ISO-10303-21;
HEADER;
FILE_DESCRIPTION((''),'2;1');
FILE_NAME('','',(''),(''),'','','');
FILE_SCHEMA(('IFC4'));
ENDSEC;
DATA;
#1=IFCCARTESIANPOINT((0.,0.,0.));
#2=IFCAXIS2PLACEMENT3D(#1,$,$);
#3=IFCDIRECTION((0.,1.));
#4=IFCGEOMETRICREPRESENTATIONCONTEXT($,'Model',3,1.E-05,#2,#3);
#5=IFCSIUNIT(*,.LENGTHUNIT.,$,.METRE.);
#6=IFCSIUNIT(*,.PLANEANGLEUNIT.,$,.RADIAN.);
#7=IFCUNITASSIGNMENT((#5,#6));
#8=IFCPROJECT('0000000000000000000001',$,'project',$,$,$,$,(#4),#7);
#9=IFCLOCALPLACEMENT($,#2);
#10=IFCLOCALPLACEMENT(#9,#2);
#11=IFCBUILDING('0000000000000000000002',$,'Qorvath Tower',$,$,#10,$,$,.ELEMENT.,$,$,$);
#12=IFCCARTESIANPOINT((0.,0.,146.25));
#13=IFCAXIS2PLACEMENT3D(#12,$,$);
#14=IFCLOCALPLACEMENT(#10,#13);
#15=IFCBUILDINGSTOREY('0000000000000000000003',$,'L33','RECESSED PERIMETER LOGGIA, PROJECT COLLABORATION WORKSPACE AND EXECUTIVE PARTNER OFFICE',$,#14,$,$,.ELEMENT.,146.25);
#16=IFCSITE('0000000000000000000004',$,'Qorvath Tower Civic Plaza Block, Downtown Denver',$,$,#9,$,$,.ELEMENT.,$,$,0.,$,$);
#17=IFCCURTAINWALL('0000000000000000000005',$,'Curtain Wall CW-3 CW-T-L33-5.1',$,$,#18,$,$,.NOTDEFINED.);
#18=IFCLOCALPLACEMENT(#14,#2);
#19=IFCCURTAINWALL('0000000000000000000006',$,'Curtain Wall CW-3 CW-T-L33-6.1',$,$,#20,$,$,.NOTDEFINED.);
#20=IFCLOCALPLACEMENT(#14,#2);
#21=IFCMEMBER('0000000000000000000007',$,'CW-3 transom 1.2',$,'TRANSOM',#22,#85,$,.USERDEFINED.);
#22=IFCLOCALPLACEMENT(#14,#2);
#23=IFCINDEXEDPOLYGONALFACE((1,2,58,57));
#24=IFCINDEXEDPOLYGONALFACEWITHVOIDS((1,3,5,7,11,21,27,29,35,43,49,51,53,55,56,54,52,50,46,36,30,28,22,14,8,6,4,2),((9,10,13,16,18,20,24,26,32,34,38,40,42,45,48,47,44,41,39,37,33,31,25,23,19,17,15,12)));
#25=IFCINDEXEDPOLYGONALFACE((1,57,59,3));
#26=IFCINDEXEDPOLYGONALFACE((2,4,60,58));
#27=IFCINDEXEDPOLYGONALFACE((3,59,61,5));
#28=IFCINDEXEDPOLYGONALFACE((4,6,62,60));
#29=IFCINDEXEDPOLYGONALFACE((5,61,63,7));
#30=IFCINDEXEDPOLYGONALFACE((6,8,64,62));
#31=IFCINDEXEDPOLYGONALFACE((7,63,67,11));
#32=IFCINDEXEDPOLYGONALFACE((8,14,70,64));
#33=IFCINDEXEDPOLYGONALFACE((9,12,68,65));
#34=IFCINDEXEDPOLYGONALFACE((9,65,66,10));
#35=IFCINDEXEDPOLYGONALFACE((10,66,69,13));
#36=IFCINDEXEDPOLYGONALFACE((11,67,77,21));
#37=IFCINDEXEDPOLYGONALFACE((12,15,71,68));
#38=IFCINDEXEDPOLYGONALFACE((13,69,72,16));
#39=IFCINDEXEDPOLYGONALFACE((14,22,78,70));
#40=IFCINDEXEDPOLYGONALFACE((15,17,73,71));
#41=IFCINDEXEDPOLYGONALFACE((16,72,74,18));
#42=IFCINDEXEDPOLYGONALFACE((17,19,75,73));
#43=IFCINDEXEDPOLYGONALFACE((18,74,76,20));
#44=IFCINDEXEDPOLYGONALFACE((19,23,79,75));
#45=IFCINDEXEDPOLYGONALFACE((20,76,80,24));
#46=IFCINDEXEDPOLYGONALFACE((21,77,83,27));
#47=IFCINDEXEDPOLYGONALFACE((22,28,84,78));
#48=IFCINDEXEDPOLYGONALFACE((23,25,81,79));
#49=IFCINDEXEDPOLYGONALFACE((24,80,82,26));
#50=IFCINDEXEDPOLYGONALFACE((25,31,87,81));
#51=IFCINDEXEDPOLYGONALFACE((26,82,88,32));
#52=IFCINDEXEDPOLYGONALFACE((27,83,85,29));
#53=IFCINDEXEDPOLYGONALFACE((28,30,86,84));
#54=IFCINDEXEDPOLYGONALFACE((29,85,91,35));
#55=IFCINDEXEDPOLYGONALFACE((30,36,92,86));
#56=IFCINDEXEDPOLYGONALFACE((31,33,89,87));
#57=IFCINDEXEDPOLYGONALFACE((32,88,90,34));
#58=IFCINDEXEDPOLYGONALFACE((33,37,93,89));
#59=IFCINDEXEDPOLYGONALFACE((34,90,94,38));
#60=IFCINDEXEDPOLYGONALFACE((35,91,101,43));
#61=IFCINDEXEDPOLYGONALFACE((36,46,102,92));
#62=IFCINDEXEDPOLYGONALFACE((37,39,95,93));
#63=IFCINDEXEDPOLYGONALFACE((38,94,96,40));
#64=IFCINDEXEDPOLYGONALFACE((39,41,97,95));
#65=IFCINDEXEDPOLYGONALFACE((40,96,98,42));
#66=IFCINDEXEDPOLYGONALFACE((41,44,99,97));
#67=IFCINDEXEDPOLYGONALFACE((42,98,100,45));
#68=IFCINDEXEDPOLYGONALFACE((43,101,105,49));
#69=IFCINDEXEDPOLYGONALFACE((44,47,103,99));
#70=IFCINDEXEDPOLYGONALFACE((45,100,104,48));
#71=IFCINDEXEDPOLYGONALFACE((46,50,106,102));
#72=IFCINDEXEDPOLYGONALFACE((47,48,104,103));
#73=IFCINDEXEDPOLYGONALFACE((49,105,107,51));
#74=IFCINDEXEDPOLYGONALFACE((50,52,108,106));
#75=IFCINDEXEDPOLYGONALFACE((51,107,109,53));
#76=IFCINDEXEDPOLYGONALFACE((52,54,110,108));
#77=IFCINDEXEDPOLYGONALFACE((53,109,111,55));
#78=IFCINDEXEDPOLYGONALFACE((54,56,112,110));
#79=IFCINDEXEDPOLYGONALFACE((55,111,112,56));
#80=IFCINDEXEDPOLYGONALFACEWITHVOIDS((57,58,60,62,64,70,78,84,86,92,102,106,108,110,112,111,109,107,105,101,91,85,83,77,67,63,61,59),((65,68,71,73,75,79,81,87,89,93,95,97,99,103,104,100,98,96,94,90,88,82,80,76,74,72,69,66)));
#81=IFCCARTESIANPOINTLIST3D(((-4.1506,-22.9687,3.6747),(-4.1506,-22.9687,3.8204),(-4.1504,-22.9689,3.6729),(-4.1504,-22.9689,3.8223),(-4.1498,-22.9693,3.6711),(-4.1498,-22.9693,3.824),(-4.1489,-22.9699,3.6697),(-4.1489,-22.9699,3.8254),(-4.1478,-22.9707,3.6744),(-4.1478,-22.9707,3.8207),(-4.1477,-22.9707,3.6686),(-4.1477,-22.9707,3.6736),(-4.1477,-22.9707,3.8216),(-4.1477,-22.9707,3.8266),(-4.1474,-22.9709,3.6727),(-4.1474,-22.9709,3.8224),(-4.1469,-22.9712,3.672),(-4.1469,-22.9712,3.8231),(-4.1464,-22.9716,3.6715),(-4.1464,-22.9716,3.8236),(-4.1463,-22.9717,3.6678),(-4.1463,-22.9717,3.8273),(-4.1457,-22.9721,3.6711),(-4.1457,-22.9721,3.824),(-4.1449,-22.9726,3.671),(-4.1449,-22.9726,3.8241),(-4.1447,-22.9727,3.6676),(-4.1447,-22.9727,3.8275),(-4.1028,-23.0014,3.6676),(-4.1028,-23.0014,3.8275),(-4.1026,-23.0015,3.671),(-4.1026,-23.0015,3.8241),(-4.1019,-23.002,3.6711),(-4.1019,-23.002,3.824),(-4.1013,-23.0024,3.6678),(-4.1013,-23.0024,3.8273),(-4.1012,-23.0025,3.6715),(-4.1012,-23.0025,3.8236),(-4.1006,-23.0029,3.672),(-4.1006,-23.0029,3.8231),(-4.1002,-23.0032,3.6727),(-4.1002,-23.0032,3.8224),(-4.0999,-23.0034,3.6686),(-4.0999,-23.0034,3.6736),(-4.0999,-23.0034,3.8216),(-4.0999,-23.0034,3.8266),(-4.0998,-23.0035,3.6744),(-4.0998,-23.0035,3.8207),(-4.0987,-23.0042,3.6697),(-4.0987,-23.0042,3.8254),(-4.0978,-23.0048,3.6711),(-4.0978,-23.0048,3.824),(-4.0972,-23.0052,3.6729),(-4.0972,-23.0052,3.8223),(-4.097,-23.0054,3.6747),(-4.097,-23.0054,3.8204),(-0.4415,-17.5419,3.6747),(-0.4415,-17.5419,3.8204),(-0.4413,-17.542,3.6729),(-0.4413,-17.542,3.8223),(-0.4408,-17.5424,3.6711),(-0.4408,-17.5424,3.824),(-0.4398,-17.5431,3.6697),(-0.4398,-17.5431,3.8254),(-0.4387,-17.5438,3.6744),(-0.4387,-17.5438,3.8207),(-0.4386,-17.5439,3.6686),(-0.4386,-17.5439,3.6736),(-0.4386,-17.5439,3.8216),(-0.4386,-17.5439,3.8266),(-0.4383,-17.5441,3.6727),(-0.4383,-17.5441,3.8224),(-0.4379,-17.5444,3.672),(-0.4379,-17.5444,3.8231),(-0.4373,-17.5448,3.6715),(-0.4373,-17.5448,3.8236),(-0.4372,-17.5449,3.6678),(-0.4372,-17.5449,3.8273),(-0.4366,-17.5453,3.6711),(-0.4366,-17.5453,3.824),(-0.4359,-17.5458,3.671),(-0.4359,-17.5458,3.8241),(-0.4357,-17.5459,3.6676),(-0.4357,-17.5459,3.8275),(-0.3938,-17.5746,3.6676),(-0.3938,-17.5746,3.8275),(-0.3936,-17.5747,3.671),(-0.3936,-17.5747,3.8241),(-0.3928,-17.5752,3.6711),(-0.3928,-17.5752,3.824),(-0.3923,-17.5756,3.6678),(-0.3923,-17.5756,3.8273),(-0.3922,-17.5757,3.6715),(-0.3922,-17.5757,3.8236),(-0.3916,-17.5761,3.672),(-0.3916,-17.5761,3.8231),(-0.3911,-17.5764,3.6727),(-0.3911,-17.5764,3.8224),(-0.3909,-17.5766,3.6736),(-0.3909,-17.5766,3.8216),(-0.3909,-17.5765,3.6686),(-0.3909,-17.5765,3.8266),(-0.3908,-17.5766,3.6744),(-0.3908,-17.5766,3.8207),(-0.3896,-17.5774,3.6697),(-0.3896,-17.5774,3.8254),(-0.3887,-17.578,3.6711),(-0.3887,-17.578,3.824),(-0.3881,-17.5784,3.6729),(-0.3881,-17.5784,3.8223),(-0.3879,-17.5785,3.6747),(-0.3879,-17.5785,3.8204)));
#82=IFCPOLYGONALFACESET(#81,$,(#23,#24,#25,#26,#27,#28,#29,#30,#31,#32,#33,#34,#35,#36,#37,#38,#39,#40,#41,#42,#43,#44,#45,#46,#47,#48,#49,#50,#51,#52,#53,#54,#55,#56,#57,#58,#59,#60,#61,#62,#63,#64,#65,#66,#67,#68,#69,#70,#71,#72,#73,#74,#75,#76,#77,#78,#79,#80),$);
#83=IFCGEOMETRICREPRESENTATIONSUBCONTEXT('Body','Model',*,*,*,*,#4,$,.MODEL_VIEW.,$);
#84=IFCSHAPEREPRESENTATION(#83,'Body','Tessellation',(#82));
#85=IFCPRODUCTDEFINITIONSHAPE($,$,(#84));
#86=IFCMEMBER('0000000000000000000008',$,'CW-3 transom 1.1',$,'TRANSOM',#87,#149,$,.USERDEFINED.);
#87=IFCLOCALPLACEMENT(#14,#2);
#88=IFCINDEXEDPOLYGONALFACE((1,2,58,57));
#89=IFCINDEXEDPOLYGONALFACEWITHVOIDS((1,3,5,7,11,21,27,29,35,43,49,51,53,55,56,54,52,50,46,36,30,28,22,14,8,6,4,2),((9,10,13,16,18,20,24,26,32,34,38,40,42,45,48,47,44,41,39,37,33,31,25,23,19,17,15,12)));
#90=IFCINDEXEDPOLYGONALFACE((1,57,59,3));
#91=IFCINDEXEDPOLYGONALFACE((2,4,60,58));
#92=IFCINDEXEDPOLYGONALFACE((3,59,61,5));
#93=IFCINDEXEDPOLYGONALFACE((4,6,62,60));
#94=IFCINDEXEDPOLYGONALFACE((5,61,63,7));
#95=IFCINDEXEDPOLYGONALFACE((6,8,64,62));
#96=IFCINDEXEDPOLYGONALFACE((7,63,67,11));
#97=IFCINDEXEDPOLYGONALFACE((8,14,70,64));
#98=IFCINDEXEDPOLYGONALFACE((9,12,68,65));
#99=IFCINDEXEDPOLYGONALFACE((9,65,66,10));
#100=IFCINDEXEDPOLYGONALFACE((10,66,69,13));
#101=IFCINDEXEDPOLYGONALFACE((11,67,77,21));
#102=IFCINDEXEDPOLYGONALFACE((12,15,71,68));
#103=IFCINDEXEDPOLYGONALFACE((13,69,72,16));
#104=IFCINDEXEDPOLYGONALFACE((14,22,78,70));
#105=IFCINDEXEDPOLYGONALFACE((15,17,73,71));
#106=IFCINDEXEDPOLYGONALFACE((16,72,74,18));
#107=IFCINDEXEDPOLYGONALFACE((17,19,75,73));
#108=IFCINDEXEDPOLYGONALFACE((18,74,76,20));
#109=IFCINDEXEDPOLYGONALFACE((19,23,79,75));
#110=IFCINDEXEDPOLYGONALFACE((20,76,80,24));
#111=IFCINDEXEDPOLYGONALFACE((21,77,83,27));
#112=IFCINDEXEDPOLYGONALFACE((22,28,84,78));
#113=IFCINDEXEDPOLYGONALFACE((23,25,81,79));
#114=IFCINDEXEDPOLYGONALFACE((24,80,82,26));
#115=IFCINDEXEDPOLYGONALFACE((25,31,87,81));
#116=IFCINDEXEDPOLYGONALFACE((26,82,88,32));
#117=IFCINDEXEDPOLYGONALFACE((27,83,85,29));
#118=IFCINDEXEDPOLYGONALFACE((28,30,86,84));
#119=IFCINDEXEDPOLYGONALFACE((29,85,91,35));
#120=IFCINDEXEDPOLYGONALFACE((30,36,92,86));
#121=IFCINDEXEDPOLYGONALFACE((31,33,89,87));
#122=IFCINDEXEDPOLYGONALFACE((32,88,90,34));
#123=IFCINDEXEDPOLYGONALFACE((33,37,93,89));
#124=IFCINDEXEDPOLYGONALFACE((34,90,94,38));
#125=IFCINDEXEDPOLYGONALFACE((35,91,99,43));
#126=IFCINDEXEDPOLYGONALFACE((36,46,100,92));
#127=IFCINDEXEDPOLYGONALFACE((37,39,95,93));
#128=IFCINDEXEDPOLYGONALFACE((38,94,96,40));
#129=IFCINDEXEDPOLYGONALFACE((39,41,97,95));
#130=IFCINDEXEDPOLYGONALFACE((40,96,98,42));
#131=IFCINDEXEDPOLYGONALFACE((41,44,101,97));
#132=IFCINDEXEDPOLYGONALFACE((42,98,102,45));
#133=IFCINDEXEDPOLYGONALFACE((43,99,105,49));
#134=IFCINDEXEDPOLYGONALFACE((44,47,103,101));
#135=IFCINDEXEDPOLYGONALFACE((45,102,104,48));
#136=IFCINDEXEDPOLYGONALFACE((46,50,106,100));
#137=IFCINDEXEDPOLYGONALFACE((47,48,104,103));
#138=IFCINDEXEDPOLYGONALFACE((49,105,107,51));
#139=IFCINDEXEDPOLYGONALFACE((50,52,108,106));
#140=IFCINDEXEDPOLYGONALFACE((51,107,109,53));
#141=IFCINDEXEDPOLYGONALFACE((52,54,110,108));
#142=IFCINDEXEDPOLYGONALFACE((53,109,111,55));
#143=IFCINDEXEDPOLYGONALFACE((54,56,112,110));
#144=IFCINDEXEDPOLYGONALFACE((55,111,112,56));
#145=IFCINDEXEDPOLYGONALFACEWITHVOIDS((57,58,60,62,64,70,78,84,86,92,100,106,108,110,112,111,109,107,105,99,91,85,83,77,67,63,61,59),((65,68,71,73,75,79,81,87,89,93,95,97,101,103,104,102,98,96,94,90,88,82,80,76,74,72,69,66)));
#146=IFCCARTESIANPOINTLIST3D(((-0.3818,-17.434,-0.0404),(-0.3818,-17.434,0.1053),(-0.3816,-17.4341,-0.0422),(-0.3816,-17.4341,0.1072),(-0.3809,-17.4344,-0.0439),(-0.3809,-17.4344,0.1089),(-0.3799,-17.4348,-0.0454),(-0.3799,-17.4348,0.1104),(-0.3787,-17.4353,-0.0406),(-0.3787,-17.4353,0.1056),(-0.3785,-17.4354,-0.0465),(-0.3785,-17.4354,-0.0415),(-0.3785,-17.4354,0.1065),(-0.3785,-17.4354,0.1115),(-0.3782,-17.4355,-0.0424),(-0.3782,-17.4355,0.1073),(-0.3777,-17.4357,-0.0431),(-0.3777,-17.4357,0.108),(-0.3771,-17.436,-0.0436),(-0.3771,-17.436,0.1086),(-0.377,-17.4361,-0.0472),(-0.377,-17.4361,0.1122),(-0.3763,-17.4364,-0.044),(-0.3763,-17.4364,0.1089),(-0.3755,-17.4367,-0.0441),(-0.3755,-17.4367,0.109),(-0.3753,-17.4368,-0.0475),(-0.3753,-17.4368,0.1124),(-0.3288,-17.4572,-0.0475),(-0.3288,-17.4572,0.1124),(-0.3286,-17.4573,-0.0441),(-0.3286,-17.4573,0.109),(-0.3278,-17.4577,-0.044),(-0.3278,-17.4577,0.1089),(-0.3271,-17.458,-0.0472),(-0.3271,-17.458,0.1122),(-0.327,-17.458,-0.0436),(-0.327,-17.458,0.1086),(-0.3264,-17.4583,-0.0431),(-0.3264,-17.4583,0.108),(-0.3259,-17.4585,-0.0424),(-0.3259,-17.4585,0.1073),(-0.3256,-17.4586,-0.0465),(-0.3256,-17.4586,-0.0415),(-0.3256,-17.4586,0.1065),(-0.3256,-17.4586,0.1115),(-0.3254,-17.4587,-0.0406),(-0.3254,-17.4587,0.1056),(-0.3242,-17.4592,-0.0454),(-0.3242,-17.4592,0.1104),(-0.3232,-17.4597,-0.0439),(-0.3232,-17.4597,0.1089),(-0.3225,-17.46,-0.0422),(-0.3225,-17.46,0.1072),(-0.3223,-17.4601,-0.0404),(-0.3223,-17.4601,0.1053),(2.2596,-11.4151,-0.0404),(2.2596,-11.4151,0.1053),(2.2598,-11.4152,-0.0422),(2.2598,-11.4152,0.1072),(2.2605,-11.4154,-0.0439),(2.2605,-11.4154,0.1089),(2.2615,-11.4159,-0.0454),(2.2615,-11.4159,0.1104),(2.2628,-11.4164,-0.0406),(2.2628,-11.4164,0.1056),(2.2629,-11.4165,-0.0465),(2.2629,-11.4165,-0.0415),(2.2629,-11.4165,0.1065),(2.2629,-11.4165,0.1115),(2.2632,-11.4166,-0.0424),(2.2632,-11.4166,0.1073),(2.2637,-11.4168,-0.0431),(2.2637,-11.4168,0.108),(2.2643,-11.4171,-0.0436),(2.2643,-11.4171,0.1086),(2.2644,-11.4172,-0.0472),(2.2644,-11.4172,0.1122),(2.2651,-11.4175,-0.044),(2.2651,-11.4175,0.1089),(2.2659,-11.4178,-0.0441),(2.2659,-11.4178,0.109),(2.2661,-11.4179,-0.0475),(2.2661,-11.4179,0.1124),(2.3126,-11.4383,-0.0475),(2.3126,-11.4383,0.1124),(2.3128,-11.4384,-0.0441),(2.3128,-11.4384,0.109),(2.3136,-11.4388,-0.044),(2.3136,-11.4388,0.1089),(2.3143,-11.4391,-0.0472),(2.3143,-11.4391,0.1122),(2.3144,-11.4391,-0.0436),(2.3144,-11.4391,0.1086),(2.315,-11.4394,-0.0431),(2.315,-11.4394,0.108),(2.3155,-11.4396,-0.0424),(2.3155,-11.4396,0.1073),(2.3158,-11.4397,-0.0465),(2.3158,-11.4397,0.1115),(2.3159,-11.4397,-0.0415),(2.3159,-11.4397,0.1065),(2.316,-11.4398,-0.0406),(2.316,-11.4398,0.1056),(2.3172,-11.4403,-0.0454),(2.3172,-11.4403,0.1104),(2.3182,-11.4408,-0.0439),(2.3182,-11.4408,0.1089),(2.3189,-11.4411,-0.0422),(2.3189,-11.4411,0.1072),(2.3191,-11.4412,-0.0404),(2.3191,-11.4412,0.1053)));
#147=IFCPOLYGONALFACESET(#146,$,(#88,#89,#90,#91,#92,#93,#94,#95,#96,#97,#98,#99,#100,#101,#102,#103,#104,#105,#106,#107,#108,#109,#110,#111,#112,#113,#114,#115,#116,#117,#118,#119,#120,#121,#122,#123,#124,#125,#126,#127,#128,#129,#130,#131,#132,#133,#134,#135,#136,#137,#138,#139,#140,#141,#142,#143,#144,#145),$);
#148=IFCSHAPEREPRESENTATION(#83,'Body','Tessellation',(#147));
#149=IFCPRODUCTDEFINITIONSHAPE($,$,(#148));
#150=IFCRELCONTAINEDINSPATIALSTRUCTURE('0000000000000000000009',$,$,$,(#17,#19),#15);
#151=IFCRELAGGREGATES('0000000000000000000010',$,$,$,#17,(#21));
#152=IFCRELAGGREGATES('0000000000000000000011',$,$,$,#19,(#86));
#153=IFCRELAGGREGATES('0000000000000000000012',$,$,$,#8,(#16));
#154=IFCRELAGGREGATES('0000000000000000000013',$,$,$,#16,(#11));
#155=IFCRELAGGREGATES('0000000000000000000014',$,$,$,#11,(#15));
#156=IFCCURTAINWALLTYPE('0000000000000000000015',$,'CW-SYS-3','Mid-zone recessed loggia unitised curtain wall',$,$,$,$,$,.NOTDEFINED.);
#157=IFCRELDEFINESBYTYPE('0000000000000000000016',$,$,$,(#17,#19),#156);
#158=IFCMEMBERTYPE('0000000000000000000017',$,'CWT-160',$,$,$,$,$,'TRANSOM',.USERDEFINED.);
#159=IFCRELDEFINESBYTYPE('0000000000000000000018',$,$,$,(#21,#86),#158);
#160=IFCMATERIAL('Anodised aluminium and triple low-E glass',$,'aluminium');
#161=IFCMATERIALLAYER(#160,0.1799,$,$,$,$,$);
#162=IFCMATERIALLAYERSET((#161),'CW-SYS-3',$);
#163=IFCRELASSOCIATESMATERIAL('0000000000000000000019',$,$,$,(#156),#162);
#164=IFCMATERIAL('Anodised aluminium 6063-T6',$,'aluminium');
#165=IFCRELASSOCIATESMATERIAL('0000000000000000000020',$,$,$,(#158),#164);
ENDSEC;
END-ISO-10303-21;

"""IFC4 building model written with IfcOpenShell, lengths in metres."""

from ifc_helpers import new_model, si_unit, direction, frame, origin, origin_2d, place, context, subcontext, project, spatial, hollow_rectangle, extrude, material, layer, layer_set, material_profile, profile_set, type_object, element, aggregate, save


model = new_model("IFC4")

# Units and contexts
model_context = context("Model", 3, precision=1e-05, world=origin(), true_north=direction((0.0, 1.0)))
body_context = subcontext(model_context, "Body", "Model", "MODEL_VIEW")
ifc_project = project(units=[si_unit("LENGTHUNIT", "METRE"), si_unit("PLANEANGLEUNIT", "RADIAN")], contexts=[model_context])

# Site, building, storey
site_placement = place(None, origin())
site = spatial("IfcSite", under=ifc_project, at=site_placement, Name="Qorvath Tower Civic Plaza Block, Downtown Denver", CompositionType="ELEMENT", RefElevation=0.0)
building_placement = place(site_placement, origin())
building = spatial("IfcBuilding", under=site, at=building_placement, Name="Qorvath Tower", CompositionType="ELEMENT")
storey_placement = place(building_placement, frame((0.0, 0.0, 146.25)))
storey = spatial("IfcBuildingStorey", under=building, at=storey_placement, Name="L33", Description="RECESSED PERIMETER LOGGIA, PROJECT COLLABORATION WORKSPACE AND EXECUTIVE PARTNER OFFICE", CompositionType="ELEMENT", Elevation=146.25)

# Curtain walls
ifc_material_1 = material(Name="Anodised aluminium and triple low-E glass", Category="aluminium")
ifc_layer_1 = layer(ifc_material_1, 0.1799)
ifc_layer_set_1 = layer_set([ifc_layer_1], Name="CW-SYS-3")
curtain_wall_type = type_object("IfcCurtainWallType", Name="CW-SYS-3", Description="Mid-zone recessed loggia unitised curtain wall", PredefinedType="NOTDEFINED", material=ifc_layer_set_1)
curtain_wall_1_placement = place(storey_placement, origin())
curtain_wall_1 = element("IfcCurtainWall", 1, at=curtain_wall_1_placement, inside=storey, type_object=curtain_wall_type, Name="Curtain Wall CW-3 CW-T-L33-5.1", PredefinedType="NOTDEFINED")
curtain_wall_2_placement = place(storey_placement, origin())
curtain_wall_2 = element("IfcCurtainWall", 2, at=curtain_wall_2_placement, inside=storey, type_object=curtain_wall_type, Name="Curtain Wall CW-3 CW-T-L33-6.1", PredefinedType="NOTDEFINED")

# Members
ifc_material_2 = material(Name="Anodised aluminium 6063-T6", Category="aluminium")
ifc_material_profile_1 = material_profile(ifc_material_2, hollow_rectangle(XDim=0.0649, YDim=0.1599, WallThickness=0.0034, InnerFilletRadius=0.0034, OuterFilletRadius=0.0071, at=origin_2d()), Name="CWT 160x65")
ifc_profile_set_1 = profile_set([ifc_material_profile_1], Name="Anodised aluminium 6063-T6")
member_type_1 = type_object("IfcMemberType", Name="CWT-160", ElementType="TRANSOM", PredefinedType="USERDEFINED", material=ifc_profile_set_1)
member_1_placement = place(storey_placement, frame((-4.1238, -22.9871, 3.7476), z_axis=(0.564263, 0.825595, 0.0), x_axis=(-0.825595, 0.564263, 0.0)))
member_1 = element("IfcMember", 3, at=member_1_placement, type_object=member_type_1, Name="CW-3 transom 1.2", ObjectType="TRANSOM", PredefinedType="USERDEFINED", context=body_context, shape_type="SweptSolid", body=[
    extrude(hollow_rectangle(XDim=0.0649, YDim=0.1599, WallThickness=0.0034, InnerFilletRadius=0.0034, OuterFilletRadius=0.0071, at=origin_2d()), origin(), (0.0, 0.0, 1.0), 6.5732),
])
member_2_placement = place(storey_placement, frame((-0.3521, -17.447, 0.0325), z_axis=(0.401857, 0.915702, 0.0), x_axis=(-0.915702, 0.401857, 0.0)))
member_2 = element("IfcMember", 4, at=member_2_placement, type_object=member_type_1, Name="CW-3 transom 1.1", ObjectType="TRANSOM", PredefinedType="USERDEFINED", context=body_context, shape_type="SweptSolid", body=[
    extrude(hollow_rectangle(XDim=0.0649, YDim=0.1599, WallThickness=0.0034, InnerFilletRadius=0.0034, OuterFilletRadius=0.0071, at=origin_2d()), origin(), (0.0, 0.0, 1.0), 6.573),
])

aggregate(curtain_wall_1, [member_1])
aggregate(curtain_wall_2, [member_2])

save(model, "model.ifc")
